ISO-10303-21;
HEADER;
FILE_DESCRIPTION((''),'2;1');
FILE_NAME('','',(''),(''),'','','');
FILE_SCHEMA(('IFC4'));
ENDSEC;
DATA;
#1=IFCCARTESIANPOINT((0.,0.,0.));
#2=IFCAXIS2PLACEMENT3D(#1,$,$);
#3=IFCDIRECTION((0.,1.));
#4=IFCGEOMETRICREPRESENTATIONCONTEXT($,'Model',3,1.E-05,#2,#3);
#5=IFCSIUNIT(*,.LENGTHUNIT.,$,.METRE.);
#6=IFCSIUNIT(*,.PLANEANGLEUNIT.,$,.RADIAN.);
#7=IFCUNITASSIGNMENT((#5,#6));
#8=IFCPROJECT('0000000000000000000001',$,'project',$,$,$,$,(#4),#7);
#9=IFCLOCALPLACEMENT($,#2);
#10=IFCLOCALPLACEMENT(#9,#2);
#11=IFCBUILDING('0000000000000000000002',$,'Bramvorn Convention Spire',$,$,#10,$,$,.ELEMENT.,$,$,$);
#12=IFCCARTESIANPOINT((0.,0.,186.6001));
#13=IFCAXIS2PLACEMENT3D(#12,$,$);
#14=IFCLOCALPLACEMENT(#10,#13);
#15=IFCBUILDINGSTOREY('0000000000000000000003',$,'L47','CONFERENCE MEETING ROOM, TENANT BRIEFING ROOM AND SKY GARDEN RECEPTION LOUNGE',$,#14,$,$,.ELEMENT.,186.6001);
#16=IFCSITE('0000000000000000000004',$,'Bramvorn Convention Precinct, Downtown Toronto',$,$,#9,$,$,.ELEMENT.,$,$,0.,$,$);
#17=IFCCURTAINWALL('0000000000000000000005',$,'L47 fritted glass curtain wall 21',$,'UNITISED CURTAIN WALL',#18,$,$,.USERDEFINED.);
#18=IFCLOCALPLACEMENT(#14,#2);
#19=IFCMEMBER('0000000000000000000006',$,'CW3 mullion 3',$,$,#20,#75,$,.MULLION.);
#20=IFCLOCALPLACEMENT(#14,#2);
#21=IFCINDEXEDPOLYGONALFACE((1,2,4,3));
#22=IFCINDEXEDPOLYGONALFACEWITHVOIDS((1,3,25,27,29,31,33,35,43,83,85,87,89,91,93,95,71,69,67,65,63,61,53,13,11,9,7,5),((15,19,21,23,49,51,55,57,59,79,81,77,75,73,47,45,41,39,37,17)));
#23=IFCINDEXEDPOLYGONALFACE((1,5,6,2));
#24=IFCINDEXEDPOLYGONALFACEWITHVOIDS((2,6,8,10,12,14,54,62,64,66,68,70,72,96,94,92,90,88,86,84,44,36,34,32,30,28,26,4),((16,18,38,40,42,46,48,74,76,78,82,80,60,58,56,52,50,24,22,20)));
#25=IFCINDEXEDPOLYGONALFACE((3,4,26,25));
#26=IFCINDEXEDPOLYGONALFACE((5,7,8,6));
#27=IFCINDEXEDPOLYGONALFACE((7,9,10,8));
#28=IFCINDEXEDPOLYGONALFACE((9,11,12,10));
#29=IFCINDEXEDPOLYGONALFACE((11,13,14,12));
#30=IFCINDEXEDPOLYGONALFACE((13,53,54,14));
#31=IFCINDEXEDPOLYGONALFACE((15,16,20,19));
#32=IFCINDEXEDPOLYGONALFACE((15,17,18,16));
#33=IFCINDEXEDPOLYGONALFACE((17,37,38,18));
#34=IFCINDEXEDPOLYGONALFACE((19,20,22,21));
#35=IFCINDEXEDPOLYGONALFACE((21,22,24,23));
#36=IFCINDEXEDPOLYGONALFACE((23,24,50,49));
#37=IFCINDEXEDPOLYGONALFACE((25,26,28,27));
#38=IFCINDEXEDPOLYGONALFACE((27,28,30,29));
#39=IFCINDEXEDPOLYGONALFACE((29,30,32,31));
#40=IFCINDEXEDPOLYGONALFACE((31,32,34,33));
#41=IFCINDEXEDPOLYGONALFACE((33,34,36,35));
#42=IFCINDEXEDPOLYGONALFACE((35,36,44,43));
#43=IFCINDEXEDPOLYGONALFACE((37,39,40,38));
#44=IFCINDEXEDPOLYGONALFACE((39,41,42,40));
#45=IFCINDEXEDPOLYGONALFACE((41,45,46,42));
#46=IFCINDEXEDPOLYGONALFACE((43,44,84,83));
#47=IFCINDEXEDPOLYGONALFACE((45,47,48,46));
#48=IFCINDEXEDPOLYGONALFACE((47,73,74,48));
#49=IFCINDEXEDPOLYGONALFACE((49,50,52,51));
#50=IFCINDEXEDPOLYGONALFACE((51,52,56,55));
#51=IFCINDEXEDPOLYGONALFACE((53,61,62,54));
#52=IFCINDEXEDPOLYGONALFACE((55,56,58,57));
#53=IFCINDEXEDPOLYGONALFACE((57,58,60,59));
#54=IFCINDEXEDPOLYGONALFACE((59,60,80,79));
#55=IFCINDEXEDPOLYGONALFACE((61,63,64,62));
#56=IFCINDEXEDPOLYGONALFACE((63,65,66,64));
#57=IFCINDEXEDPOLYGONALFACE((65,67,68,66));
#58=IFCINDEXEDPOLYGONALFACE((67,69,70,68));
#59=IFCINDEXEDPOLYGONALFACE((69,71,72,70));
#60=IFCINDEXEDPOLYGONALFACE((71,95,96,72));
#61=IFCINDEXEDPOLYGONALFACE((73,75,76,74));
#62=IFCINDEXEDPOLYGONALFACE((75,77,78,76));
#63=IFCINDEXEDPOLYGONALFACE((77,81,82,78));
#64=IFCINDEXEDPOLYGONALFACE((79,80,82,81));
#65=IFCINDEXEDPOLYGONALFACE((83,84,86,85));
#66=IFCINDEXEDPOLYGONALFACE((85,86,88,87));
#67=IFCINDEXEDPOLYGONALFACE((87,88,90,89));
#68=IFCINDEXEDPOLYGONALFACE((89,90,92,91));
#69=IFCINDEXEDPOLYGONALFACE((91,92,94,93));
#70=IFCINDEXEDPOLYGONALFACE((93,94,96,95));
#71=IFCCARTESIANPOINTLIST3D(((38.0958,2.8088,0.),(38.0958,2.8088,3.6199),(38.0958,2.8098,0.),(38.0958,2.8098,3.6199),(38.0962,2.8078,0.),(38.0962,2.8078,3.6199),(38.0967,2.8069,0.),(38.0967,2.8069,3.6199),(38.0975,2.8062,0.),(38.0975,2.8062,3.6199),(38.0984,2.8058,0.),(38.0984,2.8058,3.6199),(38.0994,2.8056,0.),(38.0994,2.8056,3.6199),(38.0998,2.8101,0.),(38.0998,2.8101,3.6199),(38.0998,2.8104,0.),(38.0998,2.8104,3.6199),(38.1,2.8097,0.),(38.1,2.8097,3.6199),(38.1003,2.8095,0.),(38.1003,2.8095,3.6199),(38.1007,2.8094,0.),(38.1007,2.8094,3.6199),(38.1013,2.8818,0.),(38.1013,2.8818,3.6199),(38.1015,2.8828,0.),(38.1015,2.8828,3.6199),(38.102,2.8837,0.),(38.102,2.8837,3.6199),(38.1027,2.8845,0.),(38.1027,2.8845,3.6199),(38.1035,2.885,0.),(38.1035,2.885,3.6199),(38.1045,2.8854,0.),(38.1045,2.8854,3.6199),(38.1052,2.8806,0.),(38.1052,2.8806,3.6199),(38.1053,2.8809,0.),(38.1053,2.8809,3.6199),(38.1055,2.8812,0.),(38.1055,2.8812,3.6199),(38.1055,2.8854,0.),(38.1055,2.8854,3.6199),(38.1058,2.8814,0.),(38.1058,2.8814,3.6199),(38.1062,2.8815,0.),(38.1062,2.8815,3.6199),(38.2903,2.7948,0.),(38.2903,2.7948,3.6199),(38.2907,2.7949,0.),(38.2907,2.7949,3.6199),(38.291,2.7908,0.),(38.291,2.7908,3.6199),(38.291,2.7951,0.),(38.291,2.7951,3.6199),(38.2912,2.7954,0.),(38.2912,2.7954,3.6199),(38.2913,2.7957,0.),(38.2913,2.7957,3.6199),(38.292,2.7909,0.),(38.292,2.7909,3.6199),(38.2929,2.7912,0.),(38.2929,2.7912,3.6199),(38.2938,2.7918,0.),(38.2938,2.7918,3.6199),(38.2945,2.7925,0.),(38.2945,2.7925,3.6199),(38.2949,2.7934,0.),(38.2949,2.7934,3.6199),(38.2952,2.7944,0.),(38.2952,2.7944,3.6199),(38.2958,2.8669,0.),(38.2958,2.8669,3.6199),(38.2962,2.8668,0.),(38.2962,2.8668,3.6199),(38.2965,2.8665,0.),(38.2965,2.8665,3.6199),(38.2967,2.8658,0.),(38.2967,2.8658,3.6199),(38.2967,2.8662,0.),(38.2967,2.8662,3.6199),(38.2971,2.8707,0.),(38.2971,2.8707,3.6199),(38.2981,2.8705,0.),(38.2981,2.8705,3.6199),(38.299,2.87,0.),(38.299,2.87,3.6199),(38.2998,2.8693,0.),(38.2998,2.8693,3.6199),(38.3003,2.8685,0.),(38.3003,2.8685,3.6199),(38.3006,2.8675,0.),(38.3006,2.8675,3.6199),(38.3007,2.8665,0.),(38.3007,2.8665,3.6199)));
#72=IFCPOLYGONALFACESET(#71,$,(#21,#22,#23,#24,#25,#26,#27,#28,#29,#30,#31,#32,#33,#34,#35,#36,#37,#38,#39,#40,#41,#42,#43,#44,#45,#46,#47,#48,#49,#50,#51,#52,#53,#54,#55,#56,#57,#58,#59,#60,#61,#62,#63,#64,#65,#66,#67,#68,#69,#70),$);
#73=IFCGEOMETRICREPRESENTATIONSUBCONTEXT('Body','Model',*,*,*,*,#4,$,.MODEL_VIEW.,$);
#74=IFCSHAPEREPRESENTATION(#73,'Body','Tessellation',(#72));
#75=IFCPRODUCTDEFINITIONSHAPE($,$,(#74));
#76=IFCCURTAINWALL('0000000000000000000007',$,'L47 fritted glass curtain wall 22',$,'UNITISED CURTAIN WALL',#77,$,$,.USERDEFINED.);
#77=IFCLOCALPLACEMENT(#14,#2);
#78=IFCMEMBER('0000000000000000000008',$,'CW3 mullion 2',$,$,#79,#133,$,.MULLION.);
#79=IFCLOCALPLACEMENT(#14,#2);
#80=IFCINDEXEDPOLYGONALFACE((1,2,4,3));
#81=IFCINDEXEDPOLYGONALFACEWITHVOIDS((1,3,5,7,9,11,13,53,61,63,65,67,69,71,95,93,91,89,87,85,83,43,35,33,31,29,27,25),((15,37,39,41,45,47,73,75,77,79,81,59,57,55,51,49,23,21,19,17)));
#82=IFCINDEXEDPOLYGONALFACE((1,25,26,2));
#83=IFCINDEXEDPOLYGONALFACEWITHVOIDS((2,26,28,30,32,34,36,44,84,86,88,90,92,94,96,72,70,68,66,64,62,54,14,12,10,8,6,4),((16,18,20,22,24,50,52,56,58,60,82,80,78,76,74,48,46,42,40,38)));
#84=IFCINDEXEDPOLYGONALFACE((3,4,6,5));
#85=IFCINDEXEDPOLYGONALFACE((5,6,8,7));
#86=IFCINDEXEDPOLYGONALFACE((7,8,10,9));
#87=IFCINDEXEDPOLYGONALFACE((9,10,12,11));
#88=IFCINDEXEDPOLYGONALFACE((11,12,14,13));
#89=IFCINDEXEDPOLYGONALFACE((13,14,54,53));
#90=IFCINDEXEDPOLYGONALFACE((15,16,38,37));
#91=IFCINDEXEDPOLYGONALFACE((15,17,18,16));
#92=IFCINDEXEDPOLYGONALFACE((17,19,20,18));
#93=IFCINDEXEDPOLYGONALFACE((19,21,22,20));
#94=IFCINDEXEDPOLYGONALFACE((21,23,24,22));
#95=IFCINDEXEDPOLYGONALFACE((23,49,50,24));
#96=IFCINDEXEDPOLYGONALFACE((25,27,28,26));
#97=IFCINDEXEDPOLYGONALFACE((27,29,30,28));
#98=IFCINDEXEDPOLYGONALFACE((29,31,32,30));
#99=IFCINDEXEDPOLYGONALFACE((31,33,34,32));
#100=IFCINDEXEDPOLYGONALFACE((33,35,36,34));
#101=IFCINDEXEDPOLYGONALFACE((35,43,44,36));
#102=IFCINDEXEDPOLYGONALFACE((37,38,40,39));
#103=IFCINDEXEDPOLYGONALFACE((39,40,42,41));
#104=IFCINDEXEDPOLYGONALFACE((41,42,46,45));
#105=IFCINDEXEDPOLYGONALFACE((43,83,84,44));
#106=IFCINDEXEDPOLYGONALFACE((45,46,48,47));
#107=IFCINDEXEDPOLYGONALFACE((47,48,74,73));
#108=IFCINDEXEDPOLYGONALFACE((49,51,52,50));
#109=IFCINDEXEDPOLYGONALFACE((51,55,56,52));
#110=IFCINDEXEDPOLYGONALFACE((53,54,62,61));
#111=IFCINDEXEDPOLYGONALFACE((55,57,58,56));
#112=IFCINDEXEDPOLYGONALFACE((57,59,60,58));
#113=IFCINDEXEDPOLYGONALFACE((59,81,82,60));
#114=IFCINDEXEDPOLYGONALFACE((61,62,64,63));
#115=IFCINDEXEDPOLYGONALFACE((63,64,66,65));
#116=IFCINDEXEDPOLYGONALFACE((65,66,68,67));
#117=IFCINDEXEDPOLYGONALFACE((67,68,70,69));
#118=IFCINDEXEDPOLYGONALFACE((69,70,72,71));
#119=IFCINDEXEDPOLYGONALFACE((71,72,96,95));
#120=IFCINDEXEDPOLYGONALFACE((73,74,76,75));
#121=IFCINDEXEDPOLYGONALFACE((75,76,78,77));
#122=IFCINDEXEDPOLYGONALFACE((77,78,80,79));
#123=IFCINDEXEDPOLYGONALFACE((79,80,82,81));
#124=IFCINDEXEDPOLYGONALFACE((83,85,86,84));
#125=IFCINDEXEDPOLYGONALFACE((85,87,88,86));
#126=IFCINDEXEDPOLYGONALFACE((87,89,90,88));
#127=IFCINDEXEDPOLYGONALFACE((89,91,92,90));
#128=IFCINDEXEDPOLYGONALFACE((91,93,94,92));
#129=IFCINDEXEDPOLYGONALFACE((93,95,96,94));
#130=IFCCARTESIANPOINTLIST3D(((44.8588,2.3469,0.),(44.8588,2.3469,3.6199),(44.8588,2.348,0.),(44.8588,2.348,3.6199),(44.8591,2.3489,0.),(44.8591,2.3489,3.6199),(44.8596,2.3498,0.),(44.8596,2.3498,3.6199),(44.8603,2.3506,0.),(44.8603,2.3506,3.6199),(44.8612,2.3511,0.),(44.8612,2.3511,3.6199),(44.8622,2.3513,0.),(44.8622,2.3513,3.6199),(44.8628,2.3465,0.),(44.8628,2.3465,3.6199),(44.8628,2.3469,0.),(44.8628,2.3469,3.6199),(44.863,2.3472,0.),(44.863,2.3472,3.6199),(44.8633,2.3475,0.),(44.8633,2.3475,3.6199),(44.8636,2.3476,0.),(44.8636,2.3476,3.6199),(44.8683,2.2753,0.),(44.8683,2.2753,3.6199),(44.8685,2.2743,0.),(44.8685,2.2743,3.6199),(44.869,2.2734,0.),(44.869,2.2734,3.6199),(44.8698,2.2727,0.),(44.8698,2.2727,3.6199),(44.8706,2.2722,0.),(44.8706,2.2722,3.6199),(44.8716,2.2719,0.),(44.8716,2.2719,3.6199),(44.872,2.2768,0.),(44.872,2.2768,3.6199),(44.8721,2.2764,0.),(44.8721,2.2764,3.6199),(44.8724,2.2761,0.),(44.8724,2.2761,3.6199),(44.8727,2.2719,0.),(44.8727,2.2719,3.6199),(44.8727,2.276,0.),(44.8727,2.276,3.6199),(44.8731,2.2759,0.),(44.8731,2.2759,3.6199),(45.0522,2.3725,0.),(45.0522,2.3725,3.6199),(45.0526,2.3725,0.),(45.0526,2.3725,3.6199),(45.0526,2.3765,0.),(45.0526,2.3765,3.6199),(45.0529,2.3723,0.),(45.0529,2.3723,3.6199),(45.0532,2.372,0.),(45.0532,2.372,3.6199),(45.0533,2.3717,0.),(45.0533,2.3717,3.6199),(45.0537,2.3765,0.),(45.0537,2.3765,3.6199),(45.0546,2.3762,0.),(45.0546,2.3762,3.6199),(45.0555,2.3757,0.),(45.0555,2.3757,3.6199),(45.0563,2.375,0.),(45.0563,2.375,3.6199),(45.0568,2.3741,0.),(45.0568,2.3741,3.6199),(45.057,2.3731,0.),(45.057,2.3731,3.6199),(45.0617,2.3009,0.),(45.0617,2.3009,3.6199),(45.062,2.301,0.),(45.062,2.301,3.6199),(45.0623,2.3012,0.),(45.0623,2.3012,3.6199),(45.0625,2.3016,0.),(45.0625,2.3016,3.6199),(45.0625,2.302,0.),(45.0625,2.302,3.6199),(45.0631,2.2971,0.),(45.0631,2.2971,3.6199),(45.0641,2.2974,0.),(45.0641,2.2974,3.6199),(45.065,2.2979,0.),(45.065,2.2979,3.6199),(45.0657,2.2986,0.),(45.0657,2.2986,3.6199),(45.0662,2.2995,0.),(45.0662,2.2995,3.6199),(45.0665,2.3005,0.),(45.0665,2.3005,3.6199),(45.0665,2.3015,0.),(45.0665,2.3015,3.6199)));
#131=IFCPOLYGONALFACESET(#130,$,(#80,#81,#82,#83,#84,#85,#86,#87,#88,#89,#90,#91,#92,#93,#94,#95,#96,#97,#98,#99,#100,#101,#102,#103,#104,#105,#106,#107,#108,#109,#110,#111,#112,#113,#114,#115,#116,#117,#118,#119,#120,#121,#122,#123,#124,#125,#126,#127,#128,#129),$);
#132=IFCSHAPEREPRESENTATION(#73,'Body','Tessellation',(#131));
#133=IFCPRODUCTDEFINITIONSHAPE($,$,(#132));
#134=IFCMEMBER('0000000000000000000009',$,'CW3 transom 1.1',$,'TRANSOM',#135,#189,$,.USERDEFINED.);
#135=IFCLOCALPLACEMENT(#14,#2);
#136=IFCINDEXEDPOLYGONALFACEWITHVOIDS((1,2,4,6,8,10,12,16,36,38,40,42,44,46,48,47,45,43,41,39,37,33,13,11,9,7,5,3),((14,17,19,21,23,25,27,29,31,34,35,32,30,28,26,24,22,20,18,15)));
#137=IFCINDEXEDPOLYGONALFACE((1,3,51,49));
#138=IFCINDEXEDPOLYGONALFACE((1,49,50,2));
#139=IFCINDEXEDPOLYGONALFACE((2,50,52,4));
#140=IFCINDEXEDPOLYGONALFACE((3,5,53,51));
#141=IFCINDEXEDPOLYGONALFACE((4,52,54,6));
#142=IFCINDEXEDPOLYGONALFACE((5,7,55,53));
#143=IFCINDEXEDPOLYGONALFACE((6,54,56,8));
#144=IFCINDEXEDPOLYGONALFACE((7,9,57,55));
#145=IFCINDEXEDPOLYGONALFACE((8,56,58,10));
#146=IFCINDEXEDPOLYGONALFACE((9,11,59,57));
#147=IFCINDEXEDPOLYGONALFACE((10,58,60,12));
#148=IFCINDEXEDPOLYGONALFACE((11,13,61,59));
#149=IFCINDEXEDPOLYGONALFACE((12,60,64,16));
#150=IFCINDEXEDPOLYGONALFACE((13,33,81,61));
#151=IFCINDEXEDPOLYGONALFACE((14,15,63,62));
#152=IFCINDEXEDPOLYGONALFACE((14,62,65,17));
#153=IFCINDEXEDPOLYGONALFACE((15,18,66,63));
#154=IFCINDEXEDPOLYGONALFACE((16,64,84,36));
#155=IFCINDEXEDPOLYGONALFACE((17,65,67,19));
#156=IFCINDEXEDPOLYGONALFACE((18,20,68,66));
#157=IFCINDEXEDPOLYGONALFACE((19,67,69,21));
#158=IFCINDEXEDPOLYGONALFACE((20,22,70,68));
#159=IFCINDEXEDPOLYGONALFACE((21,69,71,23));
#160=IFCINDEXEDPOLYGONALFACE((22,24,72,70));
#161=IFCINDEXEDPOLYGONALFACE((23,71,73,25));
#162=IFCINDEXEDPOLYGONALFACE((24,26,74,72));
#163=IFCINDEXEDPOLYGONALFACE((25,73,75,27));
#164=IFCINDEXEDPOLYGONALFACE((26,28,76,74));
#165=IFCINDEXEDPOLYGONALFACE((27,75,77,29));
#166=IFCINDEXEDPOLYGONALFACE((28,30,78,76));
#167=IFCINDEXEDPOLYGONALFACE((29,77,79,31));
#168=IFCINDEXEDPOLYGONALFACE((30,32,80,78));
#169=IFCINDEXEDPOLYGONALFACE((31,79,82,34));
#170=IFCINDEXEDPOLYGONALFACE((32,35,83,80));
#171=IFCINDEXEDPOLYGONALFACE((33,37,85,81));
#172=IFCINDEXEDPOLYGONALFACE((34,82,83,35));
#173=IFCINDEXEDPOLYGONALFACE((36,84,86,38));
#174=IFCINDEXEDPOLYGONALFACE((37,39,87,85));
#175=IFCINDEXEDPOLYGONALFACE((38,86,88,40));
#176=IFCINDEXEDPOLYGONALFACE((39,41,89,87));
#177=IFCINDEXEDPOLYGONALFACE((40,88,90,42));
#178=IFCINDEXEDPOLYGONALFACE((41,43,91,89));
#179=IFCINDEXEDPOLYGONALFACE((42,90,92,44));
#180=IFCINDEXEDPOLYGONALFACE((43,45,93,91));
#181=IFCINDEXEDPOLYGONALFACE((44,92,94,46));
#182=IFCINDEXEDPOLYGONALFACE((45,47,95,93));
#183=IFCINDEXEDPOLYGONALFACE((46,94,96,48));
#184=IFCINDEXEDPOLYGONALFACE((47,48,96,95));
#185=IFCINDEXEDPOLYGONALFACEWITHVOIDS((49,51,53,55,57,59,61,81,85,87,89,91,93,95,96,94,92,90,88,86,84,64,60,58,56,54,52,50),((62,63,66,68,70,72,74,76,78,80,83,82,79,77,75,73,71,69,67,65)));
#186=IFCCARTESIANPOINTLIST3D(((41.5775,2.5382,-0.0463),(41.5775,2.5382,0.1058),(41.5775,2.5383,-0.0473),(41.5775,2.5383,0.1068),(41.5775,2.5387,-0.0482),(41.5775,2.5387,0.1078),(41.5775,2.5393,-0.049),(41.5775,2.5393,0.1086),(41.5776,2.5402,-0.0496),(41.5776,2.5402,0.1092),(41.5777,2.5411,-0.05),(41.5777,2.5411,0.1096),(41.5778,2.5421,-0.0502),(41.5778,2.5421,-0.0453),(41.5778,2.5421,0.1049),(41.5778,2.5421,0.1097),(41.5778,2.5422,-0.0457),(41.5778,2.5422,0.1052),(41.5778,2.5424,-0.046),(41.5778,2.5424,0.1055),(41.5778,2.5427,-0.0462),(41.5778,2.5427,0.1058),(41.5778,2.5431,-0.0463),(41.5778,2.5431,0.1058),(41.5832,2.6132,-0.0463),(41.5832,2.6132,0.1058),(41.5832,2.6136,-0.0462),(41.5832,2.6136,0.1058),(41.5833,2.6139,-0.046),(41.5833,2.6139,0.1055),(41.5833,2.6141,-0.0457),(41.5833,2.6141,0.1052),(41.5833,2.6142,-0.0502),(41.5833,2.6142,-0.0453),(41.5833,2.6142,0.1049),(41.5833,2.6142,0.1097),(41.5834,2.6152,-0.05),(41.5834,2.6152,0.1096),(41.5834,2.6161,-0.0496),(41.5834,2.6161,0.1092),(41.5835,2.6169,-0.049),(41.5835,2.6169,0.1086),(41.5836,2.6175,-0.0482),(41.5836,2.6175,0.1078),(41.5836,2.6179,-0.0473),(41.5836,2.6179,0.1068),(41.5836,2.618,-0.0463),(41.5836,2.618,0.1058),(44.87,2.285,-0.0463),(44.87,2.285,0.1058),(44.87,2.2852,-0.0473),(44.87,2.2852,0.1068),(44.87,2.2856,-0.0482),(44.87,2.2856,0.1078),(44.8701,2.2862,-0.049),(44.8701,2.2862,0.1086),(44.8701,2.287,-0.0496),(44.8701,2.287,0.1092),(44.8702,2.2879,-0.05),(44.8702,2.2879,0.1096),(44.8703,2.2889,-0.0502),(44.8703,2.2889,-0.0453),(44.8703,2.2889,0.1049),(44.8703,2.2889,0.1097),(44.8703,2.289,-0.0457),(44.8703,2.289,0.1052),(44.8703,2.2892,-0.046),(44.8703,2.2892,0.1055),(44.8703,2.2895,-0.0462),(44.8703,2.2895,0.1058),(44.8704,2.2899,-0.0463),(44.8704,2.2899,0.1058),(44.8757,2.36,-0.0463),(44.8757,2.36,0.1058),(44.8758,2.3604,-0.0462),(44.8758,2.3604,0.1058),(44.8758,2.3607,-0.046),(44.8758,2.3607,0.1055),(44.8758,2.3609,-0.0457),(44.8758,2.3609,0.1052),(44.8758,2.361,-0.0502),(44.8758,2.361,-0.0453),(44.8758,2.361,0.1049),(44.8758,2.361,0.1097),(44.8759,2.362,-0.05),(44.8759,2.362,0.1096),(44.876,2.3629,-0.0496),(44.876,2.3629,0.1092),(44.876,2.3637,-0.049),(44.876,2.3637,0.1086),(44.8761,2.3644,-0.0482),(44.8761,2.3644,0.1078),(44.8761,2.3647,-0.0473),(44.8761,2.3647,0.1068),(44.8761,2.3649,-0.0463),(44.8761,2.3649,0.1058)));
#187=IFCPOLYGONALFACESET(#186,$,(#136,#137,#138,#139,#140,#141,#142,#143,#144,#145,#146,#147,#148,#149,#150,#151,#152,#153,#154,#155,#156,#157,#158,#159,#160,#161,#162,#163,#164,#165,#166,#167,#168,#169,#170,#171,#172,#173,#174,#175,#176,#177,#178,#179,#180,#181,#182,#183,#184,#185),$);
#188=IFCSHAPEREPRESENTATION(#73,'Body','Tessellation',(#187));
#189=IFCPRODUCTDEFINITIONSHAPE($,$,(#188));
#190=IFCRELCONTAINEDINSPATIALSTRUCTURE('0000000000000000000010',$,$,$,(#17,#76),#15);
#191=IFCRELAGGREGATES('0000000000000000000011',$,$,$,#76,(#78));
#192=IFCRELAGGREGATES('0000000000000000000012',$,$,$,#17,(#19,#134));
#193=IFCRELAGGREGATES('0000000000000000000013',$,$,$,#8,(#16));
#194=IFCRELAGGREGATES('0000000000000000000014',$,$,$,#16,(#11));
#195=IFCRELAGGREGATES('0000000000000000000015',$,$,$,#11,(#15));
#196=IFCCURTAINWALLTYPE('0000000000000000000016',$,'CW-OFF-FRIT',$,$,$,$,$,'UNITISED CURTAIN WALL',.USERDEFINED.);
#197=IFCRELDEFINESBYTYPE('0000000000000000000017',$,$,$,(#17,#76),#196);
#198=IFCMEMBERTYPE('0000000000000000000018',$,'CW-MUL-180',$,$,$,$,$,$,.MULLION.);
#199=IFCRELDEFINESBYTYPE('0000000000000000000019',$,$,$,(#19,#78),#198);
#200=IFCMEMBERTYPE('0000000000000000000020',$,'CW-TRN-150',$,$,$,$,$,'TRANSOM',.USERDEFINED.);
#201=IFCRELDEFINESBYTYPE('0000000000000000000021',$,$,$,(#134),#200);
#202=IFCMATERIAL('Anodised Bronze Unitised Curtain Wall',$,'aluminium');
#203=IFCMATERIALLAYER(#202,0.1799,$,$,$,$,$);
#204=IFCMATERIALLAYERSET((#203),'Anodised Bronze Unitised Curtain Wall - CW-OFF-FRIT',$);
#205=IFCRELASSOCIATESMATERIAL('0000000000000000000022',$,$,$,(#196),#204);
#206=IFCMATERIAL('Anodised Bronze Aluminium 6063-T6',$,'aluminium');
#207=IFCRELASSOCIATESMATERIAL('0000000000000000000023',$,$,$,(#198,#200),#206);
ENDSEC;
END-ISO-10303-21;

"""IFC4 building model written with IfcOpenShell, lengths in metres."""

from ifc_helpers import new_model, si_unit, direction, frame, origin, origin_2d, place, context, subcontext, project, spatial, hollow_rectangle, extrude, material, layer, layer_set, material_profile, profile_set, type_object, element, aggregate, save


model = new_model("IFC4")

# Units and contexts
model_context = context("Model", 3, precision=1e-05, world=origin(), true_north=direction((0.0, 1.0)))
body_context = subcontext(model_context, "Body", "Model", "MODEL_VIEW")
ifc_project = project(units=[si_unit("LENGTHUNIT", "METRE"), si_unit("PLANEANGLEUNIT", "RADIAN")], contexts=[model_context])

# Site, building, storey
site_placement = place(None, origin())
site = spatial("IfcSite", under=ifc_project, at=site_placement, Name="Bramvorn Convention Precinct, Downtown Toronto", CompositionType="ELEMENT", RefElevation=0.0)
building_placement = place(site_placement, origin())
building = spatial("IfcBuilding", under=site, at=building_placement, Name="Bramvorn Convention Spire", CompositionType="ELEMENT")
storey_placement = place(building_placement, frame((0.0, 0.0, 186.6001)))
storey = spatial("IfcBuildingStorey", under=building, at=storey_placement, Name="L47", Description="CONFERENCE MEETING ROOM, TENANT BRIEFING ROOM AND SKY GARDEN RECEPTION LOUNGE", CompositionType="ELEMENT", Elevation=186.6001)

# Curtain wall, member
ifc_material_1 = material(Name="Anodised Bronze Unitised Curtain Wall", Category="aluminium")
ifc_layer_1 = layer(ifc_material_1, 0.1799)
ifc_layer_set_1 = layer_set([ifc_layer_1], Name="Anodised Bronze Unitised Curtain Wall - CW-OFF-FRIT")
curtain_wall_type = type_object("IfcCurtainWallType", Name="CW-OFF-FRIT", ElementType="UNITISED CURTAIN WALL", PredefinedType="USERDEFINED", material=ifc_layer_set_1)
curtain_wall_1_placement = place(storey_placement, origin())
curtain_wall_1 = element("IfcCurtainWall", 1, at=curtain_wall_1_placement, inside=storey, type_object=curtain_wall_type, Name="L47 fritted glass curtain wall 21", ObjectType="UNITISED CURTAIN WALL", PredefinedType="USERDEFINED")
ifc_material_2 = material(Name="Anodised Bronze Aluminium 6063-T6", Category="aluminium")
ifc_material_profile_1 = material_profile(ifc_material_2, hollow_rectangle(XDim=0.0801, YDim=0.2, WallThickness=0.0039, InnerFilletRadius=0.001, OuterFilletRadius=0.0039, at=origin_2d()))
ifc_profile_set_1 = profile_set([ifc_material_profile_1], Name="Anodised Bronze Aluminium 6063-T6 - CWM80X200")
member_type_1 = type_object("IfcMemberType", Name="CW-MUL-180", PredefinedType="MULLION", material=ifc_profile_set_1)
member_1_placement = place(storey_placement, frame((38.1982, 2.8381, 0.0), z_axis=(0.0, 0.0, 1.0), x_axis=(-0.076659, -0.997057, 0.0)))
member_1 = element("IfcMember", 2, at=member_1_placement, type_object=member_type_1, Name="CW3 mullion 3", PredefinedType="MULLION", context=body_context, shape_type="SweptSolid", body=[
    extrude(hollow_rectangle(XDim=0.0801, YDim=0.2, WallThickness=0.0039, InnerFilletRadius=0.001, OuterFilletRadius=0.0039, at=origin_2d()), origin(), (0.0, 0.0, 1.0), 3.6199),
])

# Curtain wall, member
curtain_wall_2_placement = place(storey_placement, origin())
curtain_wall_2 = element("IfcCurtainWall", 3, at=curtain_wall_2_placement, inside=storey, type_object=curtain_wall_type, Name="L47 fritted glass curtain wall 22", ObjectType="UNITISED CURTAIN WALL", PredefinedType="USERDEFINED")
member_2_placement = place(storey_placement, frame((44.9626, 2.3242, 0.0), z_axis=(0.0, 0.0, 1.0), x_axis=(0.131023, -0.991379, 0.0)))
member_2 = element("IfcMember", 4, at=member_2_placement, type_object=member_type_1, Name="CW3 mullion 2", PredefinedType="MULLION", context=body_context, shape_type="SweptSolid", body=[
    extrude(hollow_rectangle(XDim=0.0801, YDim=0.2, WallThickness=0.0039, InnerFilletRadius=0.001, OuterFilletRadius=0.0039, at=origin_2d()), origin(), (0.0, 0.0, 1.0), 3.6199),
])
aggregate(curtain_wall_2, [member_2])

# Member
ifc_material_profile_2 = material_profile(ifc_material_2, hollow_rectangle(XDim=0.0801, YDim=0.1599, WallThickness=0.0039, InnerFilletRadius=0.001, OuterFilletRadius=0.0039, at=origin_2d()))
ifc_profile_set_2 = profile_set([ifc_material_profile_2], Name="Anodised Bronze Aluminium 6063-T6 - CWT80X160")
member_type_2 = type_object("IfcMemberType", Name="CW-TRN-150", ElementType="TRANSOM", PredefinedType="USERDEFINED", material=ifc_profile_set_2)
member_3_placement = place(storey_placement, frame((44.873, 2.325, 0.0298), z_axis=(-0.997057, 0.076668, 0.0), x_axis=(-0.076668, -0.997057, 0.0)))
member_3 = element("IfcMember", 5, at=member_3_placement, type_object=member_type_2, Name="CW3 transom 1.1", ObjectType="TRANSOM", PredefinedType="USERDEFINED", context=body_context, shape_type="SweptSolid", body=[
    extrude(hollow_rectangle(XDim=0.0801, YDim=0.1599, WallThickness=0.0039, InnerFilletRadius=0.001, OuterFilletRadius=0.0039, at=origin_2d()), origin(), (0.0, 0.0, 1.0), 3.3022),
])

aggregate(curtain_wall_1, [member_1, member_3])

save(model, "model.ifc")
